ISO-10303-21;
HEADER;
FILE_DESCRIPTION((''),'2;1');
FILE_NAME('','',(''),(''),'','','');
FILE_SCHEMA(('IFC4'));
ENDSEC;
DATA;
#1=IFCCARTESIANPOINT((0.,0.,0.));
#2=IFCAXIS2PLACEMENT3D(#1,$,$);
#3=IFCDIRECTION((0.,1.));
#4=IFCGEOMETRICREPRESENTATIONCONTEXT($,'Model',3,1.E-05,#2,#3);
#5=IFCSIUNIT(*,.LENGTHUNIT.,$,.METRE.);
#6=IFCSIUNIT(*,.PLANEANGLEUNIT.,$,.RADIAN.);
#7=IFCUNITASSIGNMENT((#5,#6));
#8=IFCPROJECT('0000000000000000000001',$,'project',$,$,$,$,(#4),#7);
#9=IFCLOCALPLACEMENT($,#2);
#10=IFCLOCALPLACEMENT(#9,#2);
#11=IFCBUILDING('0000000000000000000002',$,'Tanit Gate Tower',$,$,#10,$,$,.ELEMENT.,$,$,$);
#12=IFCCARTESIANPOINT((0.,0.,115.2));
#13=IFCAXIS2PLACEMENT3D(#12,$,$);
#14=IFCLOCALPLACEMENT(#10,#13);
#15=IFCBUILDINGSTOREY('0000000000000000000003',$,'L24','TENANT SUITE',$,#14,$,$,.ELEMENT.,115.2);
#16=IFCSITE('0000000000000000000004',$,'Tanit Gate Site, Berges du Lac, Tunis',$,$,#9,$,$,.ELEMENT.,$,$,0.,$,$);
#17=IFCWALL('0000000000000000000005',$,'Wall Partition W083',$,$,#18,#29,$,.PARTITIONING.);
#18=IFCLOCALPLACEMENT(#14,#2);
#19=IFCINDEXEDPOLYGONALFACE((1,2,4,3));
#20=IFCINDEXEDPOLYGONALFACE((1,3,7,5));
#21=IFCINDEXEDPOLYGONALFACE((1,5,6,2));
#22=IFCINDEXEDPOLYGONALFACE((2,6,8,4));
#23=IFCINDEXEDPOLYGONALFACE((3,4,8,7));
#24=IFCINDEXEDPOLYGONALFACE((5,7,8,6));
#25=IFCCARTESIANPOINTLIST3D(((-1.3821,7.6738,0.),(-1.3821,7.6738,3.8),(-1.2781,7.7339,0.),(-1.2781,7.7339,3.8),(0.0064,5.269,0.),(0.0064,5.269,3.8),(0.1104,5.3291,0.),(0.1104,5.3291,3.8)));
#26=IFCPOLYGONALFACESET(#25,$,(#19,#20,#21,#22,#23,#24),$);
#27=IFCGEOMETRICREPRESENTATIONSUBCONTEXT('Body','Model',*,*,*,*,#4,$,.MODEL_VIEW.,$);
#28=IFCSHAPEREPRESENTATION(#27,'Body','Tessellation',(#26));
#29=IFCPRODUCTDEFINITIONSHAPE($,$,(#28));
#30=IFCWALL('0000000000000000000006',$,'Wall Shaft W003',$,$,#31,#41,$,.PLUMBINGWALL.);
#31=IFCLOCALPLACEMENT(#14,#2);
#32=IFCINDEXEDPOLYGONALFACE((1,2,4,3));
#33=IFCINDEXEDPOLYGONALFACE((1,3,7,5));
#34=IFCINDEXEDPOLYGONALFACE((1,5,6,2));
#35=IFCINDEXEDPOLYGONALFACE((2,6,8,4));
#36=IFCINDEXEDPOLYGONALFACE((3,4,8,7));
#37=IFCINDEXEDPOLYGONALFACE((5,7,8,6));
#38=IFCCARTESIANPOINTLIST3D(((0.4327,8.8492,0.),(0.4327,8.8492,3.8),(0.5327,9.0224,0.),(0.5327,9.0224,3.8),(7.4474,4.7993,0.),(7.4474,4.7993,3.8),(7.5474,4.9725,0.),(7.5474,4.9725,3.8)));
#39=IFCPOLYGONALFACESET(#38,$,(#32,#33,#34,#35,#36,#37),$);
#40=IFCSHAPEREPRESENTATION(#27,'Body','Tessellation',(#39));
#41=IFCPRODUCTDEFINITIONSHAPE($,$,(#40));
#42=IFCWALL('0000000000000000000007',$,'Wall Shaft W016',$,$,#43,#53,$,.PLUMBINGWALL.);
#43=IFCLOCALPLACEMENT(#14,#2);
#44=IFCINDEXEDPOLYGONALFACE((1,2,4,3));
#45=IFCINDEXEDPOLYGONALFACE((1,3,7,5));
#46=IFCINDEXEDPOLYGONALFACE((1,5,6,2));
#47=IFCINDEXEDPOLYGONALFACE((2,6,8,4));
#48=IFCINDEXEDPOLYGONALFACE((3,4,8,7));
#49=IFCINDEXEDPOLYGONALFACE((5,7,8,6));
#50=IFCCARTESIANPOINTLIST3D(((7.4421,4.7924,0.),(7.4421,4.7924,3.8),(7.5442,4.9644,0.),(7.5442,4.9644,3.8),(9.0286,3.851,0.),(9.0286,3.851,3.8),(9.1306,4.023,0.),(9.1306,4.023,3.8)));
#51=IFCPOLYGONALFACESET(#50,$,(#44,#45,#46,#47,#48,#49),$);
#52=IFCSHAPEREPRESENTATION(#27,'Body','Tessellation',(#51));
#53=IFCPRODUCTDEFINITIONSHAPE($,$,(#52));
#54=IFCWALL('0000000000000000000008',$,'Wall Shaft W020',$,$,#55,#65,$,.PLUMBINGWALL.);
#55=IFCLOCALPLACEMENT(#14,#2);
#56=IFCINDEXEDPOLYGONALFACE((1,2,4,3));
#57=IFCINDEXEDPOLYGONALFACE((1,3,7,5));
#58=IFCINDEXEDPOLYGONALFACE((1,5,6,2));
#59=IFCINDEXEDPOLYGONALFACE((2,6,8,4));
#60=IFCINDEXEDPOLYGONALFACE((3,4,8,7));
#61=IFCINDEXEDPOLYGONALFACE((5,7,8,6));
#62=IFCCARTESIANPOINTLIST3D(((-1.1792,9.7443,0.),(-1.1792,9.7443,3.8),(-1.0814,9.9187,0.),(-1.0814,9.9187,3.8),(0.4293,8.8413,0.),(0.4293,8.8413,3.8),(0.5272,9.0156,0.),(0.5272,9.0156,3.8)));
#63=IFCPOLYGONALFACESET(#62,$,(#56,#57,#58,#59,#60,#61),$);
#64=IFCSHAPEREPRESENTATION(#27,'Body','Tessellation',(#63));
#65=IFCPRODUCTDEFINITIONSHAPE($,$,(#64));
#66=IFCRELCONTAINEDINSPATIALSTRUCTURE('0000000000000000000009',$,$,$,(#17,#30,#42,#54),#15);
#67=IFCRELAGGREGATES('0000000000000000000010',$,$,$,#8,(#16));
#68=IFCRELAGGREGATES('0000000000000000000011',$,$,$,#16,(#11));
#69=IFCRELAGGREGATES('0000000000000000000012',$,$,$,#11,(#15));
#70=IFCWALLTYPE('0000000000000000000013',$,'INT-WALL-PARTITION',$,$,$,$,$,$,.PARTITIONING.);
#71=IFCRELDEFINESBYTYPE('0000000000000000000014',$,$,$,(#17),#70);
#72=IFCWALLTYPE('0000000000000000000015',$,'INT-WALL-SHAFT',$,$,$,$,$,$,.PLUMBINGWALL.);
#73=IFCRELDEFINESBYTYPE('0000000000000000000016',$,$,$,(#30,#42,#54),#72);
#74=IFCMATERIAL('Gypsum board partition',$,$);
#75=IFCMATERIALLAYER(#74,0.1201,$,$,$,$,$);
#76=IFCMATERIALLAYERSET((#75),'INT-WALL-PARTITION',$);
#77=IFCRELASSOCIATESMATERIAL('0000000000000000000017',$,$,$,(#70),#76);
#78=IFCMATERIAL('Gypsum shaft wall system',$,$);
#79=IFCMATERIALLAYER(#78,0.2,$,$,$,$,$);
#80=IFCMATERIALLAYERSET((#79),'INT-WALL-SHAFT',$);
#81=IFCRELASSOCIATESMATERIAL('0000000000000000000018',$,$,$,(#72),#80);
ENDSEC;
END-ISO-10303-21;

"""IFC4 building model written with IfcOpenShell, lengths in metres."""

from ifc_helpers import new_model, si_unit, direction, frame, frame_2d, origin, place, context, subcontext, project, spatial, rectangle, extrude, material, layer, layer_set, type_object, element, save


model = new_model("IFC4")

# Units and contexts
model_context = context("Model", 3, precision=1e-05, world=origin(), true_north=direction((0.0, 1.0)))
body_context = subcontext(model_context, "Body", "Model", "MODEL_VIEW")
ifc_project = project(units=[si_unit("LENGTHUNIT", "METRE"), si_unit("PLANEANGLEUNIT", "RADIAN")], contexts=[model_context])

# Site, building, storey
site_placement = place(None, origin())
site = spatial("IfcSite", under=ifc_project, at=site_placement, Name="Tanit Gate Site, Berges du Lac, Tunis", CompositionType="ELEMENT", RefElevation=0.0)
building_placement = place(site_placement, origin())
building = spatial("IfcBuilding", under=site, at=building_placement, Name="Tanit Gate Tower", CompositionType="ELEMENT")
storey_placement = place(building_placement, frame((0.0, 0.0, 115.2)))
storey = spatial("IfcBuildingStorey", under=building, at=storey_placement, Name="L24", Description="TENANT SUITE", CompositionType="ELEMENT", Elevation=115.2)

# Walls
ifc_material_1 = material(Name="Gypsum board partition")
ifc_layer_1 = layer(ifc_material_1, 0.1201)
ifc_layer_set_1 = layer_set([ifc_layer_1], Name="INT-WALL-PARTITION")
wall_type_1 = type_object("IfcWallType", Name="INT-WALL-PARTITION", PredefinedType="PARTITIONING", material=ifc_layer_set_1)
wall_1_placement = place(storey_placement, frame((-1.3301, 7.7039, 0.0), z_axis=(0.0, 0.0, 1.0), x_axis=(0.500007, -0.866022, 0.0)))
element("IfcWall", 1, at=wall_1_placement, inside=storey, type_object=wall_type_1, Name="Wall Partition W083", PredefinedType="PARTITIONING", context=body_context, shape_type="SweptSolid", body=[
    extrude(rectangle(XDim=2.7769, YDim=0.1201, at=frame_2d((1.3884, 0.0))), origin(), (0.0, 0.0, 1.0), 3.8),
])
ifc_material_2 = material(Name="Gypsum shaft wall system")
ifc_layer_2 = layer(ifc_material_2, 0.2)
ifc_layer_set_2 = layer_set([ifc_layer_2], Name="INT-WALL-SHAFT")
wall_type_2 = type_object("IfcWallType", Name="INT-WALL-SHAFT", PredefinedType="PLUMBINGWALL", material=ifc_layer_set_2)
wall_2_placement = place(storey_placement, frame((7.4973, 4.886, 0.0), z_axis=(0.0, 0.0, 1.0), x_axis=(-0.866031, 0.49999, 0.0)))
element("IfcWall", 2, at=wall_2_placement, inside=storey, type_object=wall_type_2, Name="Wall Shaft W003", PredefinedType="PLUMBINGWALL", context=body_context, shape_type="SweptSolid", body=[
    extrude(rectangle(XDim=8.0999, YDim=0.2, at=frame_2d((4.0498, 0.0))), origin(), (0.0, 0.0, 1.0), 3.8),
])
for number, where, z_axis, x_axis, name in (
    (3, (9.0796, 3.937, 0.0), (0.0, 0.0, 1.0), (-0.859982, 0.510325, 0.0), "Wall Shaft W016"),
    (4, (0.4783, 8.9285, 0.0), (0.0, 0.0, 1.0), (-0.871989, 0.489526, 0.0), "Wall Shaft W020"),
):
    element("IfcWall", number, at=place(storey_placement, frame(where, z_axis=z_axis, x_axis=x_axis)), inside=storey, type_object=wall_type_2, Name=name, PredefinedType="PLUMBINGWALL", context=body_context, shape_type="SweptSolid", body=[
        extrude(rectangle(XDim=1.8447, YDim=0.2, at=frame_2d((0.9224, 0.0))), origin(), (0.0, 0.0, 1.0), 3.8),
    ])

save(model, "model.ifc")
